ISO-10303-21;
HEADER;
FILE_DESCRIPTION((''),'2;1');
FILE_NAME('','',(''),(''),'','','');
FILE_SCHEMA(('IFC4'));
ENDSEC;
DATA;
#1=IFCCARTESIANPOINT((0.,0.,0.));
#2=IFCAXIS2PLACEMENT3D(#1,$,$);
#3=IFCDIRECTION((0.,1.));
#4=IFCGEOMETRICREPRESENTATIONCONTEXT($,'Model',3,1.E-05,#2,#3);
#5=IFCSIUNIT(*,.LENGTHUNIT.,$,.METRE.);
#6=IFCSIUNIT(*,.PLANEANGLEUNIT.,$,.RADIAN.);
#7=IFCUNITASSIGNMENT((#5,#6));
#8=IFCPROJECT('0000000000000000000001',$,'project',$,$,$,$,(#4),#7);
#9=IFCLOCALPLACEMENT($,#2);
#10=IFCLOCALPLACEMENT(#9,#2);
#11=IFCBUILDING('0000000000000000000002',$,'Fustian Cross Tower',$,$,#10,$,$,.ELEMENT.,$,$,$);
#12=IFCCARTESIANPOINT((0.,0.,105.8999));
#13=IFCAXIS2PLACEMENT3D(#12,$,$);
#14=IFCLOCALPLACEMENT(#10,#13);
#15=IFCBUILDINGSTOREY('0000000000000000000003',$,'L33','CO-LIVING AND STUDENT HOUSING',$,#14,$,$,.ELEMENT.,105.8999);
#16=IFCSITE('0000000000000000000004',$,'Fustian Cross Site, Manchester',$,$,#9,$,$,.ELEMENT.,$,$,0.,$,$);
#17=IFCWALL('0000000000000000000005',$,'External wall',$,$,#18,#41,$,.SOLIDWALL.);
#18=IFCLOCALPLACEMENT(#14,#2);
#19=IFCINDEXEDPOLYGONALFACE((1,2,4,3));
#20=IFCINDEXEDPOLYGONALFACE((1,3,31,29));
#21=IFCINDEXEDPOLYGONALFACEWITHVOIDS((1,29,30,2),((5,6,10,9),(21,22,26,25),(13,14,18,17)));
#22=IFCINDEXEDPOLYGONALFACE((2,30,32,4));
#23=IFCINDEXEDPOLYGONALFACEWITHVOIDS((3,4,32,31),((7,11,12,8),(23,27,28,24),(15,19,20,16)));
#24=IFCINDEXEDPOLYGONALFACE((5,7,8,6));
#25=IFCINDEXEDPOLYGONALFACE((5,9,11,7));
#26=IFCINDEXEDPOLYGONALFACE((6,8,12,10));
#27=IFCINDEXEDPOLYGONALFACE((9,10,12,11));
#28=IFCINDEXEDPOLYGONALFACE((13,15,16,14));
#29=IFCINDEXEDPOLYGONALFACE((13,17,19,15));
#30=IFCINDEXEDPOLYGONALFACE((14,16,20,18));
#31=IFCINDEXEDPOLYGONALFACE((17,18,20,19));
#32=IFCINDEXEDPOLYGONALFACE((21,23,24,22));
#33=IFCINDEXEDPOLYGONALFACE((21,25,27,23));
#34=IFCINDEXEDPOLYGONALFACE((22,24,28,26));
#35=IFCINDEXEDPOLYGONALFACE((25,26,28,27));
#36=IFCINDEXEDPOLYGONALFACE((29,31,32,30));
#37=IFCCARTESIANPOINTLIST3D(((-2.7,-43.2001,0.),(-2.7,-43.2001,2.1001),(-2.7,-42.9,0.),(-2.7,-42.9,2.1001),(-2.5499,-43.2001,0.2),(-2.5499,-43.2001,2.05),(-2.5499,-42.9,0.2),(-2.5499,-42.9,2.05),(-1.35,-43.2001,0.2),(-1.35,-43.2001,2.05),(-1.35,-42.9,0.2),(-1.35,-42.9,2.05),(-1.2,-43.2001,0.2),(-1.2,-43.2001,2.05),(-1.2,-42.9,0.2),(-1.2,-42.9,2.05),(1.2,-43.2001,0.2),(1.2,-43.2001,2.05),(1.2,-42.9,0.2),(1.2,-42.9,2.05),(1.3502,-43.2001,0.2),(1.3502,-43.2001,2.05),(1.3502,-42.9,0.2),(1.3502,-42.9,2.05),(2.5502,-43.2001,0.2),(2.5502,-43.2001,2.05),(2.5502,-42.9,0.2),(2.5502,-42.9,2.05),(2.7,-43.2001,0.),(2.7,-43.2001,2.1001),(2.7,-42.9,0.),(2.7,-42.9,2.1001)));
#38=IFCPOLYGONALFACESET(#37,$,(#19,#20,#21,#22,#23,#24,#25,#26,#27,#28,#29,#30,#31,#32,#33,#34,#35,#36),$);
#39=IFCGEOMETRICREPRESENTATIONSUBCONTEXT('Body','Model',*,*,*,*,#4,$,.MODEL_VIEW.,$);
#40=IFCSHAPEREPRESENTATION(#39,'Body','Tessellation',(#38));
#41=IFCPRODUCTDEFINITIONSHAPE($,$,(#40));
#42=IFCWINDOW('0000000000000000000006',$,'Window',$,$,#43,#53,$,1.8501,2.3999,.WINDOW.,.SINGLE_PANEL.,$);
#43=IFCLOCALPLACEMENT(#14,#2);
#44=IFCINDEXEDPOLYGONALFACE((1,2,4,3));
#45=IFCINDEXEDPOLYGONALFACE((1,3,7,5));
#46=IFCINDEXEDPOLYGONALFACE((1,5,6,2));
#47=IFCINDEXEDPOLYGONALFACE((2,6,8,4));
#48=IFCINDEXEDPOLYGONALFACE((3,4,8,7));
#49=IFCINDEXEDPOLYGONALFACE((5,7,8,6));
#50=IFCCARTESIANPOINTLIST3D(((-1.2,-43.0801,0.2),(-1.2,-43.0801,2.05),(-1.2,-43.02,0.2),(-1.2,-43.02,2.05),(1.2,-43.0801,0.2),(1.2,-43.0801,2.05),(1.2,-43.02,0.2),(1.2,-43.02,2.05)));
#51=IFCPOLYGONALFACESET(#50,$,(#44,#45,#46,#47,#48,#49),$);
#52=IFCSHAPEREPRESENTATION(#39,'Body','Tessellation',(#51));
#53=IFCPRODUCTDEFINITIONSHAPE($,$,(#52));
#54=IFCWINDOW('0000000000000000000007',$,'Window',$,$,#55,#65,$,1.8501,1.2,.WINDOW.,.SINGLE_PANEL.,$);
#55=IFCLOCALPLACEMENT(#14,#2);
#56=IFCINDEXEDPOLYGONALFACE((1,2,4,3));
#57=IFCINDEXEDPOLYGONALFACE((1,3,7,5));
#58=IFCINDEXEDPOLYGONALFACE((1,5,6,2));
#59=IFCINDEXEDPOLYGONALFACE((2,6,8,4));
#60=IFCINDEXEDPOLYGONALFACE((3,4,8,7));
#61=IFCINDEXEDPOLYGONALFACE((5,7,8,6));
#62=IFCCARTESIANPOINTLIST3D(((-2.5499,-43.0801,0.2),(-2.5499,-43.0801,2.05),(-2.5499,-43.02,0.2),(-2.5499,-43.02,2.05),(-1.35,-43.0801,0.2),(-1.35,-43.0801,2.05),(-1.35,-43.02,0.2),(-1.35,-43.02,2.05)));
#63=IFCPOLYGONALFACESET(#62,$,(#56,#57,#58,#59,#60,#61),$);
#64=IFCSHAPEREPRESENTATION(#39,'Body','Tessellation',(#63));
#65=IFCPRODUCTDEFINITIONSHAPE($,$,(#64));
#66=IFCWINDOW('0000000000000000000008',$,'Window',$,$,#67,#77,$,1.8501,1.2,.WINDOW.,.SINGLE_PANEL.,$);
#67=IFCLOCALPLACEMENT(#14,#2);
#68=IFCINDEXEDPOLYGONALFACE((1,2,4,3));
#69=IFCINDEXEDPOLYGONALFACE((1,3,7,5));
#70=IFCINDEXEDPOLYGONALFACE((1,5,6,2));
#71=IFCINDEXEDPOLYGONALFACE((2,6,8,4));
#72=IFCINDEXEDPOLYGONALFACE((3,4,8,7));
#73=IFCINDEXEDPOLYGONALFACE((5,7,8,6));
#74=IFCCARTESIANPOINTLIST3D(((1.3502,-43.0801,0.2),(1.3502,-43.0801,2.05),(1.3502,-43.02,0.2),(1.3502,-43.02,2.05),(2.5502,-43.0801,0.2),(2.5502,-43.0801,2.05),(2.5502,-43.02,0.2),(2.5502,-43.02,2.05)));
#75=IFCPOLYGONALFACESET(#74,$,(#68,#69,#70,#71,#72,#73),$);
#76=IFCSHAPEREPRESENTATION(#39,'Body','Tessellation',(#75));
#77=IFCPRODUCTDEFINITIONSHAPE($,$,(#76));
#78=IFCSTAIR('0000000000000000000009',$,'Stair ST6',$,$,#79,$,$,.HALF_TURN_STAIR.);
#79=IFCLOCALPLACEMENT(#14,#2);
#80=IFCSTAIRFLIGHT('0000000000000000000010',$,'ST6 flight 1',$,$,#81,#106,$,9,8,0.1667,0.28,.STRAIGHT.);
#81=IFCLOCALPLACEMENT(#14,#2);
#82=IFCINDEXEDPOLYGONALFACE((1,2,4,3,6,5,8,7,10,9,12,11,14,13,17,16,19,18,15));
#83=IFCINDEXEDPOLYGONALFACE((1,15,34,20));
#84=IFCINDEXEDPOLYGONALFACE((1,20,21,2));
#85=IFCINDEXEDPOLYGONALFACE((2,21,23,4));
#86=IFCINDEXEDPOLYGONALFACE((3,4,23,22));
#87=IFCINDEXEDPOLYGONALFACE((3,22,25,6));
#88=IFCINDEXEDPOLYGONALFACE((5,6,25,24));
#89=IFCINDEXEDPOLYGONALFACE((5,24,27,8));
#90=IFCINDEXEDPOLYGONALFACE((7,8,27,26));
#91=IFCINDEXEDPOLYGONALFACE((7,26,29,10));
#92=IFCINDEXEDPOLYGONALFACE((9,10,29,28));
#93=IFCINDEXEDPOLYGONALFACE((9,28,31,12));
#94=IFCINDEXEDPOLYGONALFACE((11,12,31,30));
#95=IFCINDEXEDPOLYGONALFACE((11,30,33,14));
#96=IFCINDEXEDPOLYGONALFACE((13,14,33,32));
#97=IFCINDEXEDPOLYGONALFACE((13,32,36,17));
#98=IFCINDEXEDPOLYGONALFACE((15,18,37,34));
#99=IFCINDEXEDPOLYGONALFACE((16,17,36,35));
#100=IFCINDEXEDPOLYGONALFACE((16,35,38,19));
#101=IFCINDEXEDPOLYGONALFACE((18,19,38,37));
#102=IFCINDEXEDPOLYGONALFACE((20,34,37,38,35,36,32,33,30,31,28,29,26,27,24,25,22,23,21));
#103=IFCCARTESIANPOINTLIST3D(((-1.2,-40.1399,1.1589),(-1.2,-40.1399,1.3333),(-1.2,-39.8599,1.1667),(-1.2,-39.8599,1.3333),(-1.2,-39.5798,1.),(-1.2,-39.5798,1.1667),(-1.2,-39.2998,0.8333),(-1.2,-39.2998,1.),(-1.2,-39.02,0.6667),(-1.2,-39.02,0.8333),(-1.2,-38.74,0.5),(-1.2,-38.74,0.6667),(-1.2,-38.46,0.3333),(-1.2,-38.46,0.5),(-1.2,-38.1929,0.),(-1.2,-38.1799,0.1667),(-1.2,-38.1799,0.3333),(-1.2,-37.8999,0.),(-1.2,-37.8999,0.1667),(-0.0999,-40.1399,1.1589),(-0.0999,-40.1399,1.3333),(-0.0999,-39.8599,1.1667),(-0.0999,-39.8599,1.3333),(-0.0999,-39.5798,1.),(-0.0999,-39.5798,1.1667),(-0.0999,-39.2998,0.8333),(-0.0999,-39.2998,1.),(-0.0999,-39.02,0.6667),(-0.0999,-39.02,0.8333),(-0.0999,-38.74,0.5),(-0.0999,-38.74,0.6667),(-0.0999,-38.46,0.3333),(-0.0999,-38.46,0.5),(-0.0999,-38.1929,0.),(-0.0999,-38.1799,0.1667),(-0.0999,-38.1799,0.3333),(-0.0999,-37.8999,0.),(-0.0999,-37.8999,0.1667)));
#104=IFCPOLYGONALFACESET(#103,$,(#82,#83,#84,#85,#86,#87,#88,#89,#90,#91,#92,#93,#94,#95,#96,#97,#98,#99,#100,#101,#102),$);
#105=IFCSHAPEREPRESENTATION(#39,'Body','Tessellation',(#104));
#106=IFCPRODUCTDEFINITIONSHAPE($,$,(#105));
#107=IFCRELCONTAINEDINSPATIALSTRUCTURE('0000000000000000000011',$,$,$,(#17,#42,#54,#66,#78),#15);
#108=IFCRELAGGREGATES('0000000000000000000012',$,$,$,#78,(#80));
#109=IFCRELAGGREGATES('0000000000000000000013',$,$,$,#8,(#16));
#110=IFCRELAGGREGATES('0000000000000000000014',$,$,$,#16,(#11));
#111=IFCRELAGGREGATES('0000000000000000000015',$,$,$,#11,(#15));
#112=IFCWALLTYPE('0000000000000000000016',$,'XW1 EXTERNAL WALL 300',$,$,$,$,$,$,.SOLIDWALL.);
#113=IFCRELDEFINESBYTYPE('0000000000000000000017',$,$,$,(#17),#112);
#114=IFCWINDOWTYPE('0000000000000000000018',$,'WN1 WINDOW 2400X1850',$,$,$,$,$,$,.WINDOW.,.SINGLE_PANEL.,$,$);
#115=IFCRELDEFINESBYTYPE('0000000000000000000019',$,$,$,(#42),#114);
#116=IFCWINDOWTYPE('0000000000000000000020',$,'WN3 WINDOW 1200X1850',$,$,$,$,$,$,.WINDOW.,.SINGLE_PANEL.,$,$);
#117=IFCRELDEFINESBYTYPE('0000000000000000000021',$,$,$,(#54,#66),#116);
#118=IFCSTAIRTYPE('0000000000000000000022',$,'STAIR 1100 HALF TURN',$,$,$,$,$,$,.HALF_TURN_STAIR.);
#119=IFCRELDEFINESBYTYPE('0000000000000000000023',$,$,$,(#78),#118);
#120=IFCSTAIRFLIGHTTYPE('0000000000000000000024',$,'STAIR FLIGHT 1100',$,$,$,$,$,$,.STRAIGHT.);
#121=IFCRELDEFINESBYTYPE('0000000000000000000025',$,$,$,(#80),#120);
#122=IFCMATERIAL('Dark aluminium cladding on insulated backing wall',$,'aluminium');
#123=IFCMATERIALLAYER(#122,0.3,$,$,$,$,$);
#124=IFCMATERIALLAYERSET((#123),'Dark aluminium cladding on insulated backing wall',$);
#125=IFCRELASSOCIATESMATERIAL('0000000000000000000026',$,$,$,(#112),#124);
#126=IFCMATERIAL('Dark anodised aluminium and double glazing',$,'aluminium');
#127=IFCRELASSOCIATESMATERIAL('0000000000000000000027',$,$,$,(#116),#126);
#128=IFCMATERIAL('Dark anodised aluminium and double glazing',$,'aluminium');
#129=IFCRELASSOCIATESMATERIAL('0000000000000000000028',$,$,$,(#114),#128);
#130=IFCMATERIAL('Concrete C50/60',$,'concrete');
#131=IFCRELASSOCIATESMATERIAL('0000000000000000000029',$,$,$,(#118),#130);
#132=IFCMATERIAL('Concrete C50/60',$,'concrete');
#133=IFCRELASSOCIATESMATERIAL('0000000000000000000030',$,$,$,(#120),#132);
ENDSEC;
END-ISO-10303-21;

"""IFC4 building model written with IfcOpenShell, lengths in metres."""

from ifc_helpers import new_model, si_unit, direction, frame, frame_2d, origin, place, context, subcontext, project, spatial, polyline, rectangle, outline, extrude, material, layer, layer_set, type_object, element, fill, aggregate, save


model = new_model("IFC4")

# Units and contexts
model_context = context("Model", 3, precision=1e-05, world=origin(), true_north=direction((0.0, 1.0)))
body_context = subcontext(model_context, "Body", "Model", "MODEL_VIEW")
ifc_project = project(units=[si_unit("LENGTHUNIT", "METRE"), si_unit("PLANEANGLEUNIT", "RADIAN")], contexts=[model_context])

# Site, building, storey
site_placement = place(None, origin())
site = spatial("IfcSite", under=ifc_project, at=site_placement, Name="Fustian Cross Site, Manchester", CompositionType="ELEMENT", RefElevation=0.0)
building_placement = place(site_placement, origin())
building = spatial("IfcBuilding", under=site, at=building_placement, Name="Fustian Cross Tower", CompositionType="ELEMENT")
storey_placement = place(building_placement, frame((0.0, 0.0, 105.8999)))
storey = spatial("IfcBuildingStorey", under=building, at=storey_placement, Name="L33", Description="CO-LIVING AND STUDENT HOUSING", CompositionType="ELEMENT", Elevation=105.8999)

# Shared definitions
ifc_material_1 = material(Name="Dark aluminium cladding on insulated backing wall", Category="aluminium")
ifc_layer_1 = layer(ifc_material_1, 0.3)
ifc_layer_set_1 = layer_set([ifc_layer_1], Name="Dark aluminium cladding on insulated backing wall")
wall_type_1 = type_object("IfcWallType", Name="XW1 EXTERNAL WALL 300", PredefinedType="SOLIDWALL", material=ifc_layer_set_1)

# Shared definitions
ifc_material_2 = material(Name="Dark anodised aluminium and double glazing", Category="aluminium")
window_type_1 = type_object("IfcWindowType", Name="WN3 WINDOW 1200X1850", PartitioningType="SINGLE_PANEL", PredefinedType="WINDOW", material=ifc_material_2)

# Wall, openings, windows
wall_1_placement = place(storey_placement, frame((-2.7, -43.05, 0.0), z_axis=(0.0, 0.0, 1.0), x_axis=(1.0, 0.0, 0.0)))
wall_1 = element("IfcWall", 1, at=wall_1_placement, inside=storey, type_object=wall_type_1, Name="External wall", PredefinedType="SOLIDWALL", context=body_context, shape_type="SweptSolid", body=[
    extrude(rectangle(XDim=5.3999, YDim=0.3, at=frame_2d((2.7, 0.0))), origin(), (0.0, 0.0, 1.0), 2.1001),
])
opening_1_placement = place(wall_1_placement, frame((1.5, 0.0, 0.2)))
opening_1 = element("IfcOpeningElement", 2, at=opening_1_placement, cuts=wall_1, PredefinedType="OPENING", context=body_context, shape_type="SweptSolid", body=[
    extrude(rectangle(XDim=2.3999, YDim=1.8501, at=frame_2d((1.2, 0.925))), frame((0.0, 0.1599, 0.0), z_axis=(0.0, -1.0, 0.0), x_axis=(1.0, 0.0, 0.0)), (0.0, 0.0, 1.0), 0.3201),
])
opening_2_placement = place(wall_1_placement, frame((0.1499, 0.0, 0.2)))
opening_2 = element("IfcOpeningElement", 3, at=opening_2_placement, cuts=wall_1, PredefinedType="OPENING", context=body_context, shape_type="SweptSolid", body=[
    extrude(rectangle(XDim=1.2, YDim=1.8501, at=frame_2d((0.6001, 0.925))), frame((0.0, 0.1599, 0.0), z_axis=(0.0, -1.0, 0.0), x_axis=(1.0, 0.0, 0.0)), (0.0, 0.0, 1.0), 0.3201),
])
opening_3_placement = place(wall_1_placement, frame((4.05, 0.0, 0.2)))
opening_3 = element("IfcOpeningElement", 4, at=opening_3_placement, cuts=wall_1, PredefinedType="OPENING", context=body_context, shape_type="SweptSolid", body=[
    extrude(rectangle(XDim=1.2, YDim=1.8501, at=frame_2d((0.6001, 0.925))), frame((0.0, 0.1599, 0.0), z_axis=(0.0, -1.0, 0.0), x_axis=(1.0, 0.0, 0.0)), (0.0, 0.0, 1.0), 0.3201),
])
ifc_material_3 = material(Name="Dark anodised aluminium and double glazing", Category="aluminium")
window_type_2 = type_object("IfcWindowType", Name="WN1 WINDOW 2400X1850", PartitioningType="SINGLE_PANEL", PredefinedType="WINDOW", material=ifc_material_3)
window_1_placement = place(opening_1_placement, origin())
window_1 = element("IfcWindow", 5, at=window_1_placement, inside=storey, type_object=window_type_2, Name="Window", OverallHeight=1.8501, OverallWidth=2.3999, PartitioningType="SINGLE_PANEL", PredefinedType="WINDOW", context=body_context, shape_type="SweptSolid", body=[
    extrude(rectangle(XDim=2.3999, YDim=1.8501, at=frame_2d((1.2, 0.925))), frame((0.0, 0.03, 0.0), z_axis=(0.0, -1.0, 0.0), x_axis=(1.0, 0.0, 0.0)), (0.0, 0.0, 1.0), 0.0601),
])
fill(opening_1, window_1)
window_2_placement = place(opening_2_placement, origin())
window_2 = element("IfcWindow", 6, at=window_2_placement, inside=storey, type_object=window_type_1, Name="Window", OverallHeight=1.8501, OverallWidth=1.2, PartitioningType="SINGLE_PANEL", PredefinedType="WINDOW", context=body_context, shape_type="SweptSolid", body=[
    extrude(rectangle(XDim=1.2, YDim=1.8501, at=frame_2d((0.6001, 0.925))), frame((0.0, 0.03, 0.0), z_axis=(0.0, -1.0, 0.0), x_axis=(1.0, 0.0, 0.0)), (0.0, 0.0, 1.0), 0.0601),
])
fill(opening_2, window_2)
window_3_placement = place(opening_3_placement, origin())
window_3 = element("IfcWindow", 7, at=window_3_placement, inside=storey, type_object=window_type_1, Name="Window", OverallHeight=1.8501, OverallWidth=1.2, PartitioningType="SINGLE_PANEL", PredefinedType="WINDOW", context=body_context, shape_type="SweptSolid", body=[
    extrude(rectangle(XDim=1.2, YDim=1.8501, at=frame_2d((0.6001, 0.925))), frame((0.0, 0.03, 0.0), z_axis=(0.0, -1.0, 0.0), x_axis=(1.0, 0.0, 0.0)), (0.0, 0.0, 1.0), 0.0601),
])
fill(opening_3, window_3)

# Stair, stair flight
ifc_material_4 = material(Name="Concrete C50/60", Category="concrete")
stair_type = type_object("IfcStairType", Name="STAIR 1100 HALF TURN", PredefinedType="HALF_TURN_STAIR", material=ifc_material_4)
stair_placement = place(storey_placement, origin())
stair = element("IfcStair", 8, at=stair_placement, inside=storey, type_object=stair_type, Name="Stair ST6", PredefinedType="HALF_TURN_STAIR")
ifc_material_5 = material(Name="Concrete C50/60", Category="concrete")
stair_flight_type = type_object("IfcStairFlightType", Name="STAIR FLIGHT 1100", PredefinedType="STRAIGHT", material=ifc_material_5)
stair_flight_placement = place(storey_placement, frame((-0.6499, -37.8999, 0.0), z_axis=(0.0, 0.0, 1.0), x_axis=(0.0, -1.0, 0.0)))
stair_flight = element("IfcStairFlight", 9, at=stair_flight_placement, type_object=stair_flight_type, Name="ST6 flight 1", NumberOfRisers=9, NumberOfTreads=8, PredefinedType="STRAIGHT", RiserHeight=0.1667, TreadLength=0.28, context=body_context, shape_type="SweptSolid", body=[
    extrude(outline(polyline([(0.0, 0.0), (0.0, 0.1667), (0.28, 0.1667), (0.28, 0.3333), (0.5601, 0.3333), (0.5601, 0.5), (0.8401, 0.5), (0.8401, 0.6667), (1.1201, 0.6667), (1.1201, 0.8333), (1.3999, 0.8333), (1.3999, 1.0), (1.6799, 1.0), (1.6799, 1.1667), (1.96, 1.1667), (1.96, 1.3333), (2.24, 1.3333), (2.24, 1.5), (2.24, 1.1589), (0.293, 0.0), (0.0, 0.0)])), frame((0.0, 0.55, 0.0), z_axis=(0.0, -1.0, 0.0), x_axis=(1.0, 0.0, 0.0)), (0.0, 0.0, 1.0), 1.1001),
])
aggregate(stair, [stair_flight])

save(model, "model.ifc")
